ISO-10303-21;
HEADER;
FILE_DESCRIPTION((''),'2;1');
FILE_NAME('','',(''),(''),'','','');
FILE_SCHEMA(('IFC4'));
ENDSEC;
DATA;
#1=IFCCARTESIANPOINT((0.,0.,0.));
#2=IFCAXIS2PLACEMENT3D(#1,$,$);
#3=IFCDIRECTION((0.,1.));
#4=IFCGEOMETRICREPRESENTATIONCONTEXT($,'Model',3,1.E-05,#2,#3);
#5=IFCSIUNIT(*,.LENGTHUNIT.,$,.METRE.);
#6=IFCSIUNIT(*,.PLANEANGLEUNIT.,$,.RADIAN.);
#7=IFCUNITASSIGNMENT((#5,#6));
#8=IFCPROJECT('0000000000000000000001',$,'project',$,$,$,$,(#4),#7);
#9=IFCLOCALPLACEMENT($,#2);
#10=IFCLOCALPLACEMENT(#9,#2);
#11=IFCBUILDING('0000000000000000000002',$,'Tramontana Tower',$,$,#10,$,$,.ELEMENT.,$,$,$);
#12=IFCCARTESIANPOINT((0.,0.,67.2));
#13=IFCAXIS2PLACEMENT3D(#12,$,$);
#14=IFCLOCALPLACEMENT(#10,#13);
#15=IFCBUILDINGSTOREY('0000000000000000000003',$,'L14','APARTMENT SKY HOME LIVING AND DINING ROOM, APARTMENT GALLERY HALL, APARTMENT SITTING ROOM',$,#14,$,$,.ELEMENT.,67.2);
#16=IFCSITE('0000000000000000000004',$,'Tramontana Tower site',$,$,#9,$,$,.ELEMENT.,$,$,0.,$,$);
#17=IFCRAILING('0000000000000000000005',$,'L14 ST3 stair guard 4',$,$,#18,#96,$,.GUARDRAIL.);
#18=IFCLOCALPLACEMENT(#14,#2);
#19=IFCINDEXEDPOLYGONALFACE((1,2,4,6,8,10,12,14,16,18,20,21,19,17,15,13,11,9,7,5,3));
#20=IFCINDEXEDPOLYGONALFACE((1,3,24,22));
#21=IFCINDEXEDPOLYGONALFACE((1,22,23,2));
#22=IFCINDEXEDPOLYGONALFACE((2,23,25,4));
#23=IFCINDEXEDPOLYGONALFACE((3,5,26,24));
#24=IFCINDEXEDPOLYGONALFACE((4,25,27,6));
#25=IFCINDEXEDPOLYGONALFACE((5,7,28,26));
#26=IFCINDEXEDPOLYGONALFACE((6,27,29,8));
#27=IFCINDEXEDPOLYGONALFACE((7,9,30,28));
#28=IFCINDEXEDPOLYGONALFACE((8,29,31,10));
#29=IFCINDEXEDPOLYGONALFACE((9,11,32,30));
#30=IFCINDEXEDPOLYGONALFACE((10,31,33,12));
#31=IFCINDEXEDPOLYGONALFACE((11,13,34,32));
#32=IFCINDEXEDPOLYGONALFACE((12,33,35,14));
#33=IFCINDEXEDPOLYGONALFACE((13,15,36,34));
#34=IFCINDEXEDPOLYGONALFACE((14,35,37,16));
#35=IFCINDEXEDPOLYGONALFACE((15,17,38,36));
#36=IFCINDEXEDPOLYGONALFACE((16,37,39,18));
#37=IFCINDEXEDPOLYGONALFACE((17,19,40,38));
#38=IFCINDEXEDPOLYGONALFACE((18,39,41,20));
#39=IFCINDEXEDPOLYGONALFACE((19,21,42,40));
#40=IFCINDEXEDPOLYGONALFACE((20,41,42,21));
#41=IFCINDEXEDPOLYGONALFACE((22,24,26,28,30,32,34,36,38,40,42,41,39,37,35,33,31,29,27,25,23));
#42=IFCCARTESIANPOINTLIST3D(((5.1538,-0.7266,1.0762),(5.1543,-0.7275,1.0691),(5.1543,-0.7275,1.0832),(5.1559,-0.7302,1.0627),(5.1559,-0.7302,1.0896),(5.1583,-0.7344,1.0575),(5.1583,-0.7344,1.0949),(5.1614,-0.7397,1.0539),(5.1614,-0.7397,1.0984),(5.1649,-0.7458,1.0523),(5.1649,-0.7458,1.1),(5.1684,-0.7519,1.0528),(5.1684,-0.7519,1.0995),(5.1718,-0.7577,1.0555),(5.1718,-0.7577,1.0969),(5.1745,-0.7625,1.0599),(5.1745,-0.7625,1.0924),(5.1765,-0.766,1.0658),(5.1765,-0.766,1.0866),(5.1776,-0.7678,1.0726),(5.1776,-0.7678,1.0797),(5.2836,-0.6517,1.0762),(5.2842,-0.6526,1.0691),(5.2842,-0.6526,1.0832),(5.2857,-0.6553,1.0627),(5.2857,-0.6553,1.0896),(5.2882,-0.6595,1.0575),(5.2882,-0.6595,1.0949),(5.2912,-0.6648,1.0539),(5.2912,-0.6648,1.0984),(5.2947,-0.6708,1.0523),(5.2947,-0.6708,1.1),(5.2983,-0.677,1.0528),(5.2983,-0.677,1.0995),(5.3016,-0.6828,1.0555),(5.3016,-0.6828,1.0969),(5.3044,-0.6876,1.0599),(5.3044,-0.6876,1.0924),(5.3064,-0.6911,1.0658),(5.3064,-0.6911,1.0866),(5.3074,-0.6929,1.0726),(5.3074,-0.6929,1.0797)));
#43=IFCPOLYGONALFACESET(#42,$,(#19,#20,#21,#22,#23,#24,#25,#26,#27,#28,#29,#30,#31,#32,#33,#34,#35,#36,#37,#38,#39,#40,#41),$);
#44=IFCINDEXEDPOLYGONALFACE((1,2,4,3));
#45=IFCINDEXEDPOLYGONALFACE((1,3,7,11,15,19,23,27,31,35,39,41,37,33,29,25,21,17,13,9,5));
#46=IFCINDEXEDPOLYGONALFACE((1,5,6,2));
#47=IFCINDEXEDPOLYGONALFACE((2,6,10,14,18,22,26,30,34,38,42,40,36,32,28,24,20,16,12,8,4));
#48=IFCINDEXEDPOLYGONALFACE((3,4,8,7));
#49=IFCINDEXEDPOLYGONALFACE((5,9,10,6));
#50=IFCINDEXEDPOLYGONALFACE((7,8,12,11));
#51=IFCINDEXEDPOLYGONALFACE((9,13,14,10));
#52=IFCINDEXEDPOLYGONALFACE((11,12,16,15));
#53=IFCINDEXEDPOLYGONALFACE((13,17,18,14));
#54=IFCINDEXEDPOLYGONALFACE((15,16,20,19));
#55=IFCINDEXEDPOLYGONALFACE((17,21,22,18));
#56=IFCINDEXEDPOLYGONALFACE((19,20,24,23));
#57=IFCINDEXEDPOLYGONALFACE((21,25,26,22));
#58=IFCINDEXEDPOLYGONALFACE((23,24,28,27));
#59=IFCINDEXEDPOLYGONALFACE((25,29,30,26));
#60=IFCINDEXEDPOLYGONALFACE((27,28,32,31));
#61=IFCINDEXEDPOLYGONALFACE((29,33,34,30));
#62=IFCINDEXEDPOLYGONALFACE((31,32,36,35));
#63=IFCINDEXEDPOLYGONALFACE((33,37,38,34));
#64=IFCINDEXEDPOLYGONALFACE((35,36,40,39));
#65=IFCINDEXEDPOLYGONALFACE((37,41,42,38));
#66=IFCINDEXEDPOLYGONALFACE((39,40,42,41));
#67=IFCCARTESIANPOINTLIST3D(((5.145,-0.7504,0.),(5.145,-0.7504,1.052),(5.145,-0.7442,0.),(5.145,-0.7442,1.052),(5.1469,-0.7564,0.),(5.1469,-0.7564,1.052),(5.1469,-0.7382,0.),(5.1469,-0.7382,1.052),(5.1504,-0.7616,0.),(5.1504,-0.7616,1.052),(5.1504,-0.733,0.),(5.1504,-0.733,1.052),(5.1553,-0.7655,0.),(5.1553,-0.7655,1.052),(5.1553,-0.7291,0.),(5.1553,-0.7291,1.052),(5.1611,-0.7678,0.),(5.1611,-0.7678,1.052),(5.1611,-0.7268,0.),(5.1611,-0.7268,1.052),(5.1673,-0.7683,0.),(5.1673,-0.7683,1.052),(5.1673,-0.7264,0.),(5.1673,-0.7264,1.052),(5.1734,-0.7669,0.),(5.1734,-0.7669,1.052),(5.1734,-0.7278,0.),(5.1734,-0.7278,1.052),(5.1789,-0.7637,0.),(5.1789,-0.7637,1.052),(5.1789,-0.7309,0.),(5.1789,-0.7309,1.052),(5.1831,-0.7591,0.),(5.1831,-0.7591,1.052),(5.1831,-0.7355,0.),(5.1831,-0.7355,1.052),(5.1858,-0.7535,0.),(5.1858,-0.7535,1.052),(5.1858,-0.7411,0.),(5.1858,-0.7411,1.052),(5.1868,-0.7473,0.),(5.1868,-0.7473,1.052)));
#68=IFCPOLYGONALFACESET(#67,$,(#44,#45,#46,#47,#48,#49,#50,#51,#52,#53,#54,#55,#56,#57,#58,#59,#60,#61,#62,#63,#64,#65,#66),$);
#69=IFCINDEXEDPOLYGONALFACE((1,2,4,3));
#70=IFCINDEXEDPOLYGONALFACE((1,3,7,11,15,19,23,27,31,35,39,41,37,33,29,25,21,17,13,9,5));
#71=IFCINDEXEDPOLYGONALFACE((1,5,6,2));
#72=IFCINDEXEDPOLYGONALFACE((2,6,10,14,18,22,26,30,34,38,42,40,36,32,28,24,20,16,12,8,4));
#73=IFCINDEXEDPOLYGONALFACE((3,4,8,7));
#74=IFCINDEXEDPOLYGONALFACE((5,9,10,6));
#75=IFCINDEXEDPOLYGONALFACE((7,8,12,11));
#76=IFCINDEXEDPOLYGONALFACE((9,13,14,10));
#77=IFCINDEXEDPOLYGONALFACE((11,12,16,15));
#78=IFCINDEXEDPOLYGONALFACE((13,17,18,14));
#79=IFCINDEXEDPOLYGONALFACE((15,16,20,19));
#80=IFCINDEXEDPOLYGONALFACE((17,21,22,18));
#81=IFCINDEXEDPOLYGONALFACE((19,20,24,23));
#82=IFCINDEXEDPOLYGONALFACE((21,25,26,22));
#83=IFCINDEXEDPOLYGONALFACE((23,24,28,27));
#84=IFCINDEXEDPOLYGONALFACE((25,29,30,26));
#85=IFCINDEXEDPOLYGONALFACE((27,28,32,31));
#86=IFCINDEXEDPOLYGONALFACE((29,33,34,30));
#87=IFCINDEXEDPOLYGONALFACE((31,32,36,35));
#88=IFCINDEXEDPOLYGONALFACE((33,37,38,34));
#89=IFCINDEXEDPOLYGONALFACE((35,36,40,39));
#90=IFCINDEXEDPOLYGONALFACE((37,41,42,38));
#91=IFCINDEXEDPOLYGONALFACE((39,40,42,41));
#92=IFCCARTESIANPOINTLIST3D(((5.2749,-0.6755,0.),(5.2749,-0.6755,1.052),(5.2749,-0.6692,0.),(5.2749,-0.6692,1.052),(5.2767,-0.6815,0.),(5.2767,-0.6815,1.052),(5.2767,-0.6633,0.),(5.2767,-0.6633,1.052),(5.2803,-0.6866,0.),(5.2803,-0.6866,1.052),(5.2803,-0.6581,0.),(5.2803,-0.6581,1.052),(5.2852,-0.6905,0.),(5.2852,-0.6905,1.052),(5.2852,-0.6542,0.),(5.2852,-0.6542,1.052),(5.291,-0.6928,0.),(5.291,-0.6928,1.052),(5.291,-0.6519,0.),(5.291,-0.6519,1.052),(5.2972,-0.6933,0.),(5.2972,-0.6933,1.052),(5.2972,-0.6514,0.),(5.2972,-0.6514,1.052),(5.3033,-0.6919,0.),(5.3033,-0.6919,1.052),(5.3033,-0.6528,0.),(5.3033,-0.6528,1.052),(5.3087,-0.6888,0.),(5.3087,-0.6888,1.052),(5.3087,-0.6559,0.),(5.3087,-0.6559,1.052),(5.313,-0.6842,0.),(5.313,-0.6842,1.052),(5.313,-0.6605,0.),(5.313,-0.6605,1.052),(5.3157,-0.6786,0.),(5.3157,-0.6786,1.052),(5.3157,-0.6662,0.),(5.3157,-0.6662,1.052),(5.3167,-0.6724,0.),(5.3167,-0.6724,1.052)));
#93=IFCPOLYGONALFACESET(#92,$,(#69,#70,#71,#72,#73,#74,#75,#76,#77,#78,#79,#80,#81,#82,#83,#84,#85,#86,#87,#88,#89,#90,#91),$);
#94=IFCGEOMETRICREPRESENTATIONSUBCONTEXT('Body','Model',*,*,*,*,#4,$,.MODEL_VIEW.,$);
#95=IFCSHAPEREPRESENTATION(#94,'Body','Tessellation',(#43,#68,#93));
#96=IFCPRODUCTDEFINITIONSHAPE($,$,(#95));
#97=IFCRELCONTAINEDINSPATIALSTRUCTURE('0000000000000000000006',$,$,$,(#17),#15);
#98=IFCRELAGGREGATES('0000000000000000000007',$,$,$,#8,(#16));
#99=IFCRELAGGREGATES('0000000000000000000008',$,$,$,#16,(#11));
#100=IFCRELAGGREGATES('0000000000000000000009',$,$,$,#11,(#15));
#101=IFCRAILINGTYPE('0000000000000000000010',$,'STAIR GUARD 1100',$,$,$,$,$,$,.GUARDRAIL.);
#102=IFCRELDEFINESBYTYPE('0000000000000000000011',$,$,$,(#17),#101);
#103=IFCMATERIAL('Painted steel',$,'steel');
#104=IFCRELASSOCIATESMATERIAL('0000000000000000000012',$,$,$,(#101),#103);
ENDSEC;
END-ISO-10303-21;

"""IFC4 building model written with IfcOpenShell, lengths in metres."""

from ifc_helpers import new_model, si_unit, direction, frame, origin, origin_2d, place, context, subcontext, project, spatial, circle, extrude, material, type_object, element, save


model = new_model("IFC4")

# Units and contexts
model_context = context("Model", 3, precision=1e-05, world=origin(), true_north=direction((0.0, 1.0)))
body_context = subcontext(model_context, "Body", "Model", "MODEL_VIEW")
ifc_project = project(units=[si_unit("LENGTHUNIT", "METRE"), si_unit("PLANEANGLEUNIT", "RADIAN")], contexts=[model_context])

# Site, building, storey
site_placement = place(None, origin())
site = spatial("IfcSite", under=ifc_project, at=site_placement, Name="Tramontana Tower site", CompositionType="ELEMENT", RefElevation=0.0)
building_placement = place(site_placement, origin())
building = spatial("IfcBuilding", under=site, at=building_placement, Name="Tramontana Tower", CompositionType="ELEMENT")
storey_placement = place(building_placement, frame((0.0, 0.0, 67.2)))
storey = spatial("IfcBuildingStorey", under=building, at=storey_placement, Name="L14", Description="APARTMENT SKY HOME LIVING AND DINING ROOM, APARTMENT GALLERY HALL, APARTMENT SITTING ROOM", CompositionType="ELEMENT", Elevation=67.2)

# Railing
ifc_material_1 = material(Name="Painted steel", Category="steel")
railing_type_1 = type_object("IfcRailingType", Name="STAIR GUARD 1100", PredefinedType="GUARDRAIL", material=ifc_material_1)
railing_1_placement = place(storey_placement, frame((5.1658, -0.7473, 0.0)))
element("IfcRailing", 1, at=railing_1_placement, inside=storey, type_object=railing_type_1, Name="L14 ST3 stair guard 4", PredefinedType="GUARDRAIL", context=body_context, shape_type="SweptSolid", body=[
    extrude(circle(Radius=0.0239, at=origin_2d()), frame((0.0, 0.0, 1.0762), z_axis=(0.866131, 0.499816, 0.0), x_axis=(-0.499816, 0.866131, 0.0)), (0.0, 0.0, 1.0), 0.1499),
    extrude(circle(Radius=0.021, at=origin_2d()), origin(), (0.0, 0.0, 1.0), 1.052),
    extrude(circle(Radius=0.021, at=origin_2d()), frame((0.1299, 0.075, 0.0)), (0.0, 0.0, 1.0), 1.052),
])

save(model, "model.ifc")
